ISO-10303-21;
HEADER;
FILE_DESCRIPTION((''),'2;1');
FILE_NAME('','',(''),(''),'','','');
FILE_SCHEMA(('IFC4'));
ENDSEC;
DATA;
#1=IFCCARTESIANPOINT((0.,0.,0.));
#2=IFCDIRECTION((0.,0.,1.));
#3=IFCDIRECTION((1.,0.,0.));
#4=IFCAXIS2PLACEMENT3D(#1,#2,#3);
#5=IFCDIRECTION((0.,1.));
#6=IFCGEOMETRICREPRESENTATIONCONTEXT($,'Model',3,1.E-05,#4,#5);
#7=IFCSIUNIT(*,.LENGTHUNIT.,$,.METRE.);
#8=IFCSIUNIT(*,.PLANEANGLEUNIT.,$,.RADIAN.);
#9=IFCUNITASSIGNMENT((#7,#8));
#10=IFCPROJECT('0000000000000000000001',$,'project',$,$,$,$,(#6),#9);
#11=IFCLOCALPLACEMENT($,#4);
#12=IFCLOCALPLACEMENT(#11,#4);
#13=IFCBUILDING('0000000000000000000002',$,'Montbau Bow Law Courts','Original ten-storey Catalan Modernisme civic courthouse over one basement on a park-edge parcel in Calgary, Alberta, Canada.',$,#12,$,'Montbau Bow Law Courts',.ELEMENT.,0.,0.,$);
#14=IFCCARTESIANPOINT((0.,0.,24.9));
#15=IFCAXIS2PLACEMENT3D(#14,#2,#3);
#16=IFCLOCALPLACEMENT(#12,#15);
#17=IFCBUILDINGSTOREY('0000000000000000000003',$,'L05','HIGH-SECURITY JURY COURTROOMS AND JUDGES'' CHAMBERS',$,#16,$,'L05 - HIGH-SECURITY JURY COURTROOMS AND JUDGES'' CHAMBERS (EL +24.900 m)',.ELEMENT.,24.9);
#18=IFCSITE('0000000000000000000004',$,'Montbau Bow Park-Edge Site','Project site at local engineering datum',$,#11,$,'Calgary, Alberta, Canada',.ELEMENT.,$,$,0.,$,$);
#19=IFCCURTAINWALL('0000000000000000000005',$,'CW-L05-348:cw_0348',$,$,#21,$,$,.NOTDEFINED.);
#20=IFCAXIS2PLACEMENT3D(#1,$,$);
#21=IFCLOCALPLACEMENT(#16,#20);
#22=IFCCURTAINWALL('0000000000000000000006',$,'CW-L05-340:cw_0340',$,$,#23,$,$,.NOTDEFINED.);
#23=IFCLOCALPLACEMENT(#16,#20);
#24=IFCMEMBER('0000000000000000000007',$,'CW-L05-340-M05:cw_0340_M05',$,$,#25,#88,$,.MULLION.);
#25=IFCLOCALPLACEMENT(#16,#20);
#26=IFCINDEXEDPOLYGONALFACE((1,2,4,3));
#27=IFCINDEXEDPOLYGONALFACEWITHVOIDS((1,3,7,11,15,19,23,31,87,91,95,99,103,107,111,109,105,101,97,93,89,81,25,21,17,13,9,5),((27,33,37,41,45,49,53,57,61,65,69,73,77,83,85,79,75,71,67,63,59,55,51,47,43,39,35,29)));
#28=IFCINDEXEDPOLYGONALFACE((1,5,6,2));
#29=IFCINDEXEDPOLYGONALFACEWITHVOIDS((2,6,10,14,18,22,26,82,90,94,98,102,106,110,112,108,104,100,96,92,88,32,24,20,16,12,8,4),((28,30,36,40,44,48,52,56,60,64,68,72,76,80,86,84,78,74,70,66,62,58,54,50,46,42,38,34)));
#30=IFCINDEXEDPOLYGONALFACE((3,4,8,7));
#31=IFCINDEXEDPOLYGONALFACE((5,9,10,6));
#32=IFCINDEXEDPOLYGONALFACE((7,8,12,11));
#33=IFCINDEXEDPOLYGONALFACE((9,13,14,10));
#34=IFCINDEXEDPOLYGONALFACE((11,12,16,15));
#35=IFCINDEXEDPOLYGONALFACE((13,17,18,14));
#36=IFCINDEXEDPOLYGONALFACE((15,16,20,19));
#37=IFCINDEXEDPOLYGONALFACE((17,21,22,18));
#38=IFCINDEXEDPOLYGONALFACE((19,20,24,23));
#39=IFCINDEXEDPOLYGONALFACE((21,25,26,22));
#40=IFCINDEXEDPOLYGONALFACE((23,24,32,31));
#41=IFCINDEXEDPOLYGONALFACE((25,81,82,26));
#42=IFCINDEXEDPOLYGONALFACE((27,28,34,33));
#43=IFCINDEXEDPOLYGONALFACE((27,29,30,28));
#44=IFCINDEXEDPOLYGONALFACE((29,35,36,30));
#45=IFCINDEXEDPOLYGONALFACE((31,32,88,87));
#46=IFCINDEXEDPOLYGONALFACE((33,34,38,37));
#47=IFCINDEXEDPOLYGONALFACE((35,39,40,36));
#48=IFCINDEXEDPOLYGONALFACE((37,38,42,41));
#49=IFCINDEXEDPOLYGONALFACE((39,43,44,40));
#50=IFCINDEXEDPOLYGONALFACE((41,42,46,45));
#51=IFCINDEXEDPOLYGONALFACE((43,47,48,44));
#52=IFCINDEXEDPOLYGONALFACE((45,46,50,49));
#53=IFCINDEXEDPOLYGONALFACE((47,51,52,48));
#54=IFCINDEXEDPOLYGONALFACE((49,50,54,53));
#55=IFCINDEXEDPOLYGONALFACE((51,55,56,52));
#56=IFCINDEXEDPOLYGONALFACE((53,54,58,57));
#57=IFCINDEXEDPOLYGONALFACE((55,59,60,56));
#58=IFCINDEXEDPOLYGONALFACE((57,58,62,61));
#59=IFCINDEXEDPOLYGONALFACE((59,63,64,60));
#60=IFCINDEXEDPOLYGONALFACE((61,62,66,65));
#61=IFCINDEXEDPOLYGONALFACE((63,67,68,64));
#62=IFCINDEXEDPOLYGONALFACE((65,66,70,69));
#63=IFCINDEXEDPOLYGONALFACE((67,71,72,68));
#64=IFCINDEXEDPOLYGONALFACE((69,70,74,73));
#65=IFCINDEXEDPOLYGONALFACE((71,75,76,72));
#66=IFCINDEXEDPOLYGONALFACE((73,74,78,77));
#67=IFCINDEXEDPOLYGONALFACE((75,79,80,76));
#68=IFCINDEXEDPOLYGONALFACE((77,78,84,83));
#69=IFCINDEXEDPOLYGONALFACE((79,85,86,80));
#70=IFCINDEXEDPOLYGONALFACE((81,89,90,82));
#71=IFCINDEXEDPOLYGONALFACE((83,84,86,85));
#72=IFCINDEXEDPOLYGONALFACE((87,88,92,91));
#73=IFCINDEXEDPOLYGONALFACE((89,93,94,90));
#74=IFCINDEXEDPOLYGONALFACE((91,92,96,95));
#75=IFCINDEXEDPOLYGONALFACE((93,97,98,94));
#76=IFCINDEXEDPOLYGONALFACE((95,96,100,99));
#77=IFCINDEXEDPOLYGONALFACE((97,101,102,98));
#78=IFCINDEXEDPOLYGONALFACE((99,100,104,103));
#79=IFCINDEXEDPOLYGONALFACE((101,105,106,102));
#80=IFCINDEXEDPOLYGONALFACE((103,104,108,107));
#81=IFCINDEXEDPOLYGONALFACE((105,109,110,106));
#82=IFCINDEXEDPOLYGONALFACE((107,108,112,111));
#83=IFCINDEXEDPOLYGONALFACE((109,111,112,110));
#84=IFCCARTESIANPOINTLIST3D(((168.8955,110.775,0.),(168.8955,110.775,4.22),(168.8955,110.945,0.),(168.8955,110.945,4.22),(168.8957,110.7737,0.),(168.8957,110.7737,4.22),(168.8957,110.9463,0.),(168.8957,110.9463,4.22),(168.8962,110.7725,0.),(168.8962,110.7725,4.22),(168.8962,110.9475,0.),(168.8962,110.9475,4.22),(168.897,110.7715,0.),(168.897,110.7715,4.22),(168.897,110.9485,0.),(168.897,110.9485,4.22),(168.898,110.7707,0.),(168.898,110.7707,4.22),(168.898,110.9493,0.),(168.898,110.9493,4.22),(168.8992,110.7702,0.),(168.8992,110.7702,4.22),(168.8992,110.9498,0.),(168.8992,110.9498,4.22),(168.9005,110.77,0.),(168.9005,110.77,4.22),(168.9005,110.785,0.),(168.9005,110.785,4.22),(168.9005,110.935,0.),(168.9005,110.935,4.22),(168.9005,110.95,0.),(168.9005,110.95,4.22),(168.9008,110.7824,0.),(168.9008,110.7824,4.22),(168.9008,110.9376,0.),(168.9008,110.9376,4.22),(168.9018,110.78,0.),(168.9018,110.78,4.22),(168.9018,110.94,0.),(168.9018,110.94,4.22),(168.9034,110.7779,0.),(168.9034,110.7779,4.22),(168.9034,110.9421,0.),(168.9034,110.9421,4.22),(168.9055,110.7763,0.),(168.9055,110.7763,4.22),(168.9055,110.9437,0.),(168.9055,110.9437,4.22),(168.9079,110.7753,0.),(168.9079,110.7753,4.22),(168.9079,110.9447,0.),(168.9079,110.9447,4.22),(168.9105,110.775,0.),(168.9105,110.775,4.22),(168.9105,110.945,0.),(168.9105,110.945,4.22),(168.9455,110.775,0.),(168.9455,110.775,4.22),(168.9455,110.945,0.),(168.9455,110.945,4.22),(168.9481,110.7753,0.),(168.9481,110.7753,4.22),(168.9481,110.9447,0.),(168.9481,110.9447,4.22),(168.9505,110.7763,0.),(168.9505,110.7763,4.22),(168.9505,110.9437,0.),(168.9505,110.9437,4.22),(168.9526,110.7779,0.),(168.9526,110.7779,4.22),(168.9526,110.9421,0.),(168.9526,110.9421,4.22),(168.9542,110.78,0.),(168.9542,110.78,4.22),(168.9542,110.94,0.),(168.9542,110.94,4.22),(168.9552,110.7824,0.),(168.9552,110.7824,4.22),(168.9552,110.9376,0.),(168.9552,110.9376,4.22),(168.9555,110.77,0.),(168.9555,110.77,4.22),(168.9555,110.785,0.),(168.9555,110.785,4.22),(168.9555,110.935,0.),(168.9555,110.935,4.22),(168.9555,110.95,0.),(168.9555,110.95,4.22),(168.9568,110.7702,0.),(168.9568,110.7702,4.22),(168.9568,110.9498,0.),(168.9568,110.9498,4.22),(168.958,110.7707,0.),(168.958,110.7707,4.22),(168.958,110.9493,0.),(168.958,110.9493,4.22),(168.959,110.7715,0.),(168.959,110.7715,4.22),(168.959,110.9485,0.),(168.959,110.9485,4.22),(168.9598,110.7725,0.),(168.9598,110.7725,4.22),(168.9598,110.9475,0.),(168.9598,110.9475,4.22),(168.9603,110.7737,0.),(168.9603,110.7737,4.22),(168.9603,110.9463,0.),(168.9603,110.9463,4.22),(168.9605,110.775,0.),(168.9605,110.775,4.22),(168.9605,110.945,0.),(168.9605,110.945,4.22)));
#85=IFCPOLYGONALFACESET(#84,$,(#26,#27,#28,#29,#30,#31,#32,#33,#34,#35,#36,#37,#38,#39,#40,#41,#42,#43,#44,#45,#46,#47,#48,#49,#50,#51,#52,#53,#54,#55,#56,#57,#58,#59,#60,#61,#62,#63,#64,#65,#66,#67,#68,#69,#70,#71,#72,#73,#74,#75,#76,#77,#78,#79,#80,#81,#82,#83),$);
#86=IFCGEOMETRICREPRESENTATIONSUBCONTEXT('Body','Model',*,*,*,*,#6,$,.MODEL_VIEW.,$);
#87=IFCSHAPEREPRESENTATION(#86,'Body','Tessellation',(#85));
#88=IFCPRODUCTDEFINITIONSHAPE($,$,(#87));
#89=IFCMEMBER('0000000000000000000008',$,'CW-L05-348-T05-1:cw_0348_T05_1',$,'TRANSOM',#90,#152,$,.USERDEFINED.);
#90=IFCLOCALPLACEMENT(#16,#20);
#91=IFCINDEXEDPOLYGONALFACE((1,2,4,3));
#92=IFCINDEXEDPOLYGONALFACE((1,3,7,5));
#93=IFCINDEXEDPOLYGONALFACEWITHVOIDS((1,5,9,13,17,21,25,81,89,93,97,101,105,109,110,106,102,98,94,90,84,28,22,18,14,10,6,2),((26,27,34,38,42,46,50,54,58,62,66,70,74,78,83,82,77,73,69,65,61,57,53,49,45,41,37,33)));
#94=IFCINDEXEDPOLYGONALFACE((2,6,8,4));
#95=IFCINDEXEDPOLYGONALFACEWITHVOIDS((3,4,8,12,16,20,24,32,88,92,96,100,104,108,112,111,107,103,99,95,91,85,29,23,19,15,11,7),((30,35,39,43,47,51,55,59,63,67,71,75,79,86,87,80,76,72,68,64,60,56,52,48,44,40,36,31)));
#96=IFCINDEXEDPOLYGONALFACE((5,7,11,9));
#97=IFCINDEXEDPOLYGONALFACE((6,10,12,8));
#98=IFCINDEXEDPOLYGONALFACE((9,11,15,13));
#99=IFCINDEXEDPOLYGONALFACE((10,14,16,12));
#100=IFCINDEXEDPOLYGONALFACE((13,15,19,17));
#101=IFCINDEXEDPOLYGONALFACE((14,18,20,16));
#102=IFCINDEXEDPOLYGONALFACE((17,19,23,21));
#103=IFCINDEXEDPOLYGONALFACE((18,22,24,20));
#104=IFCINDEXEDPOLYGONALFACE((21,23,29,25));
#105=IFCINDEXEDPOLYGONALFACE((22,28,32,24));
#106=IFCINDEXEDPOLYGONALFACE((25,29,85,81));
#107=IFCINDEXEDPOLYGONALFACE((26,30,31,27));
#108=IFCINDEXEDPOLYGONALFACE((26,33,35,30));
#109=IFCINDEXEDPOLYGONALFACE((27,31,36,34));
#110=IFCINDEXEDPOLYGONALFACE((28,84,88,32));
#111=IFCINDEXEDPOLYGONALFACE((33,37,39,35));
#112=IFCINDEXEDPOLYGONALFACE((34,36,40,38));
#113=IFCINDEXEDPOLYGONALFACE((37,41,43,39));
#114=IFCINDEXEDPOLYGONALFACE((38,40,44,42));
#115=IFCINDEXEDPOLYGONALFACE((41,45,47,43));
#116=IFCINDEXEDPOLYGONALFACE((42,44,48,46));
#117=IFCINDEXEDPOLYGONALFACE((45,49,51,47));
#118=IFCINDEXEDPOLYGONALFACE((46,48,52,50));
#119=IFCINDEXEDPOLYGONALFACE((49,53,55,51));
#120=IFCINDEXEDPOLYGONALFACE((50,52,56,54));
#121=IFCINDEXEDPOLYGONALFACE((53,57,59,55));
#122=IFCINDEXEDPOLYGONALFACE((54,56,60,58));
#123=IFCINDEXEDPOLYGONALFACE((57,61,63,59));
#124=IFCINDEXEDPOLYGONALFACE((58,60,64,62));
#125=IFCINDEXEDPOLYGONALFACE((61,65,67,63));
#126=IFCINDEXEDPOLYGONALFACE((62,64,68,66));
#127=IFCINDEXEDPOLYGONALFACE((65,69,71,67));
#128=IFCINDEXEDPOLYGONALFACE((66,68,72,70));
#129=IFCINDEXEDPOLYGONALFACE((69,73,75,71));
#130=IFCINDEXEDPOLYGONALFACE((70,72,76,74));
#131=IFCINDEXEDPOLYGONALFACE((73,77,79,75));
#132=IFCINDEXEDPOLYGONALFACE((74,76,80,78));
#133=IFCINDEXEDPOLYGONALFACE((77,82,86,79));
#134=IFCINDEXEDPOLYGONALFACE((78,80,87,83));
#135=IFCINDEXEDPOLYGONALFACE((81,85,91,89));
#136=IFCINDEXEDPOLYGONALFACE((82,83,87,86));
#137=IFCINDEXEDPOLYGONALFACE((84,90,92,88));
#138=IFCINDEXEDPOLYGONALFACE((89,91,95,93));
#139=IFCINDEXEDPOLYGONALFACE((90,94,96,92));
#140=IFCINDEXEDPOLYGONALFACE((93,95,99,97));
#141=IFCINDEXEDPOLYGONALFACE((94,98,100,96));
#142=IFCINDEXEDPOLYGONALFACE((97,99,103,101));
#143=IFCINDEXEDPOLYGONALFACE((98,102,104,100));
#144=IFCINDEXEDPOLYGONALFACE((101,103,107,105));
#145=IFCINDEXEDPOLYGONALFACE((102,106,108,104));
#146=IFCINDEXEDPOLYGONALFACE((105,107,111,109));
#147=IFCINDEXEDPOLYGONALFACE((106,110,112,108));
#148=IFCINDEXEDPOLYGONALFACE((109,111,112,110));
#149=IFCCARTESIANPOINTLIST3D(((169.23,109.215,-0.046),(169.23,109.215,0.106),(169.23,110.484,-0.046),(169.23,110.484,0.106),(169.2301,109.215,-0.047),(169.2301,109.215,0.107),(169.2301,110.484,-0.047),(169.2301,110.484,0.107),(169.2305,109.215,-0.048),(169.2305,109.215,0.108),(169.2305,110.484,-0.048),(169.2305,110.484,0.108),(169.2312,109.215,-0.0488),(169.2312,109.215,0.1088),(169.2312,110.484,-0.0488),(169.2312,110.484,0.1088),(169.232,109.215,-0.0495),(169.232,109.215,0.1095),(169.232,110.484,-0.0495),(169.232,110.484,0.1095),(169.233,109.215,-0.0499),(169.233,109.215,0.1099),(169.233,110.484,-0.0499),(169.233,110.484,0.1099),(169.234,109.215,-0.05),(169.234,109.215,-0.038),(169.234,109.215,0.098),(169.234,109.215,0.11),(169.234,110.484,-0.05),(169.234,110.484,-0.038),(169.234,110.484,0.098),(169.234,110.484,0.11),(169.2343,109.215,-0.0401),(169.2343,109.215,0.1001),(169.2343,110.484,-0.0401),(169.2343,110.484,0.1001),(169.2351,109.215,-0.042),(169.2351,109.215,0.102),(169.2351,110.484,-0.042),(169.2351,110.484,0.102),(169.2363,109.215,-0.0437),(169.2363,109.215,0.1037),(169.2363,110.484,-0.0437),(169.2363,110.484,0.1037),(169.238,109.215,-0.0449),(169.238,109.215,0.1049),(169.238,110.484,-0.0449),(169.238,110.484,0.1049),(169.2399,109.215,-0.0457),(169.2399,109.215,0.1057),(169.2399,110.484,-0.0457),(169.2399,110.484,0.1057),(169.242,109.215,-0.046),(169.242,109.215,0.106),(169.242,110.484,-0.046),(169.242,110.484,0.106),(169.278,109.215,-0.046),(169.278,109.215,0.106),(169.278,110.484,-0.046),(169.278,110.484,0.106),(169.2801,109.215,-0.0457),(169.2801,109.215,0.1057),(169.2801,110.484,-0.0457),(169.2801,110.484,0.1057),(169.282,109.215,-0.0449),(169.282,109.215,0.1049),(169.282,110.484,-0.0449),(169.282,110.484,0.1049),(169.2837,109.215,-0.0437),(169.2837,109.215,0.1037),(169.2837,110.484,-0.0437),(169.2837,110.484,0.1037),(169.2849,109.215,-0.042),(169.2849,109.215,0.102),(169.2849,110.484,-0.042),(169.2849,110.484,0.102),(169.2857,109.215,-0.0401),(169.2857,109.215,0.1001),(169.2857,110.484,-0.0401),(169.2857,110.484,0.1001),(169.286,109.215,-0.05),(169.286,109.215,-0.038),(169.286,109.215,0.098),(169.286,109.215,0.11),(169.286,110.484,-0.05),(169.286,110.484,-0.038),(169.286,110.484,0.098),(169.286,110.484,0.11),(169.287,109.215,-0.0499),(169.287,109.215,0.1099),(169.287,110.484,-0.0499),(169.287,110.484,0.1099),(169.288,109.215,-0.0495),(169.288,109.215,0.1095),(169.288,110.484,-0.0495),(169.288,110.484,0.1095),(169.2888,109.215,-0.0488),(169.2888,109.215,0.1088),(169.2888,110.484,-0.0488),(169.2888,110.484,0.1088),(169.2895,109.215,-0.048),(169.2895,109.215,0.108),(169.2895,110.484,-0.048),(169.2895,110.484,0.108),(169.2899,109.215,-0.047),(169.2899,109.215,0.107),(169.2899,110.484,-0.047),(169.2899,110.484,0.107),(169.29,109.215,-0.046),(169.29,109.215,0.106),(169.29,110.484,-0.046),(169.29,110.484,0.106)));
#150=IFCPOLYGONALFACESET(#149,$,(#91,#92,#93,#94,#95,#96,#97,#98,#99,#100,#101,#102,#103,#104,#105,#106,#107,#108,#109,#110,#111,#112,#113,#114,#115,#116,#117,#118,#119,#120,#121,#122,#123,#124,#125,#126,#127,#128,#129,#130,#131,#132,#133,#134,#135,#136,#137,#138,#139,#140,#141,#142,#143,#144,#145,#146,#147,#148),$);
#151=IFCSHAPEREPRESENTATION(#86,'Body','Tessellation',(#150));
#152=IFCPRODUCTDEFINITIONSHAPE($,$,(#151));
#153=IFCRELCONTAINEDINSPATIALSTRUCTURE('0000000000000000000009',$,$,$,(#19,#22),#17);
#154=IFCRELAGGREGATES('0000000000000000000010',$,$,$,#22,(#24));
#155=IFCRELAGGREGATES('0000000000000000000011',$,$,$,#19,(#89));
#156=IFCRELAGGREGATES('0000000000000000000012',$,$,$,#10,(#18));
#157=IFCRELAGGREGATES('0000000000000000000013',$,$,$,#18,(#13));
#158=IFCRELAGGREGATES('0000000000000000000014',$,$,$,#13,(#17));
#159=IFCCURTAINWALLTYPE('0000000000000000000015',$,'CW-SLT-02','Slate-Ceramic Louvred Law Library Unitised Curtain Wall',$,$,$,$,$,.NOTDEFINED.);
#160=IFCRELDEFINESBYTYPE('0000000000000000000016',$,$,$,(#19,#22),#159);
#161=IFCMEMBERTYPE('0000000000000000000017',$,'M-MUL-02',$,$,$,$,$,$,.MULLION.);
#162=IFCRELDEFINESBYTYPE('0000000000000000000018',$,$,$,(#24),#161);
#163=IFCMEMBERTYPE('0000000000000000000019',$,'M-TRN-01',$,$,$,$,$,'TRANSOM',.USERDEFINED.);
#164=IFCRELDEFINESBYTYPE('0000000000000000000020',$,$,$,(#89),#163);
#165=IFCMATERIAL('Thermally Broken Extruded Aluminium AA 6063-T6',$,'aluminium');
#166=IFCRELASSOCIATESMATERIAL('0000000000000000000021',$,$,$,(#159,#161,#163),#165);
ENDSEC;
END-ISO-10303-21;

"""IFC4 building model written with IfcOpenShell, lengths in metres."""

from ifc_helpers import new_model, si_unit, direction, frame, origin_with_axes, origin_2d_with_axis, place, context, subcontext, project, spatial, hollow_rectangle, extrude, material, material_profile, profile_set, type_object, element, aggregate, save


model = new_model("IFC4")

# Units and contexts
model_context = context("Model", 3, precision=1e-05, world=origin_with_axes(), true_north=direction((0.0, 1.0)))
body_context = subcontext(model_context, "Body", "Model", "MODEL_VIEW")
ifc_project = project(units=[si_unit("LENGTHUNIT", "METRE"), si_unit("PLANEANGLEUNIT", "RADIAN")], contexts=[model_context])

# Site, building, storey
site_placement = place(None, origin_with_axes())
site = spatial("IfcSite", under=ifc_project, at=site_placement, Name="Montbau Bow Park-Edge Site", Description="Project site at local engineering datum", LongName="Calgary, Alberta, Canada", CompositionType="ELEMENT", RefElevation=0.0)
building_placement = place(site_placement, origin_with_axes())
building = spatial("IfcBuilding", under=site, at=building_placement, Name="Montbau Bow Law Courts", Description="Original ten-storey Catalan Modernisme civic courthouse over one basement on a park-edge parcel in Calgary, Alberta, Canada.", LongName="Montbau Bow Law Courts", CompositionType="ELEMENT", ElevationOfRefHeight=0.0, ElevationOfTerrain=0.0)
storey_placement = place(building_placement, frame((0.0, 0.0, 24.9), z_axis=(0.0, 0.0, 1.0), x_axis=(1.0, 0.0, 0.0)))
storey = spatial("IfcBuildingStorey", under=building, at=storey_placement, Name="L05", Description="HIGH-SECURITY JURY COURTROOMS AND JUDGES' CHAMBERS", LongName="L05 - HIGH-SECURITY JURY COURTROOMS AND JUDGES' CHAMBERS (EL +24.900 m)", CompositionType="ELEMENT", Elevation=24.9)

# Curtain wall
ifc_material_1 = material(Name="Thermally Broken Extruded Aluminium AA 6063-T6", Category="aluminium")
curtain_wall_type = type_object("IfcCurtainWallType", Name="CW-SLT-02", Description="Slate-Ceramic Louvred Law Library Unitised Curtain Wall", PredefinedType="NOTDEFINED", material=ifc_material_1)
curtain_wall_1_placement = place(None, frame((169.26, 103.64, 24.9), z_axis=(0.0, 0.0, 1.0), x_axis=(1.0, 0.0, 0.0)))
curtain_wall_1 = element("IfcCurtainWall", 1, at=curtain_wall_1_placement, inside=storey, type_object=curtain_wall_type, Name="CW-L05-348:cw_0348", PredefinedType="NOTDEFINED")

# Curtain wall, member
curtain_wall_2_placement = place(None, frame((163.04, 110.86, 24.9), z_axis=(0.0, 0.0, 1.0), x_axis=(1.0, 0.0, 0.0)))
curtain_wall_2 = element("IfcCurtainWall", 2, at=curtain_wall_2_placement, inside=storey, type_object=curtain_wall_type, Name="CW-L05-340:cw_0340", PredefinedType="NOTDEFINED")
ifc_material_profile_1 = material_profile(ifc_material_1, hollow_rectangle(XDim=0.065, YDim=0.18, WallThickness=0.005, InnerFilletRadius=0.01, OuterFilletRadius=0.005, at=origin_2d_with_axis()), Name="CWM-180X65", Category="Main", Priority=0)
ifc_profile_set_1 = profile_set([ifc_material_profile_1], Name="Thermally Broken Extruded Aluminium AA 6063-T6")
member_type_1 = type_object("IfcMemberType", Name="M-MUL-02", PredefinedType="MULLION", material=ifc_profile_set_1)
member_1_placement = place(None, frame((168.928, 110.86, 24.9), z_axis=(0.0, 0.0, 1.0), x_axis=(1.0, 0.0, 0.0)))
member_1 = element("IfcMember", 3, at=member_1_placement, type_object=member_type_1, Name="CW-L05-340-M05:cw_0340_M05", PredefinedType="MULLION", context=body_context, shape_type="SweptSolid", body=[
    extrude(hollow_rectangle(XDim=0.065, YDim=0.18, WallThickness=0.005, InnerFilletRadius=0.01, OuterFilletRadius=0.005, at=origin_2d_with_axis()), origin_with_axes(), (0.0, 0.0, 1.0), 4.22),
])
aggregate(curtain_wall_2, [member_1])

# Member
ifc_material_profile_2 = material_profile(ifc_material_1, hollow_rectangle(XDim=0.06, YDim=0.16, WallThickness=0.004, InnerFilletRadius=0.008, OuterFilletRadius=0.004, at=origin_2d_with_axis()), Name="CWT-160X60", Category="Main", Priority=0)
ifc_profile_set_2 = profile_set([ifc_material_profile_2], Name="Thermally Broken Extruded Aluminium AA 6063-T6")
member_type_2 = type_object("IfcMemberType", Name="M-TRN-01", ElementType="TRANSOM", PredefinedType="USERDEFINED", material=ifc_profile_set_2)
member_2_placement = place(None, frame((169.26, 109.215, 24.93), z_axis=(0.0, 1.0, 0.0), x_axis=(-1.0, 0.0, 0.0)))
member_2 = element("IfcMember", 4, at=member_2_placement, type_object=member_type_2, Name="CW-L05-348-T05-1:cw_0348_T05_1", ObjectType="TRANSOM", PredefinedType="USERDEFINED", context=body_context, shape_type="SweptSolid", body=[
    extrude(hollow_rectangle(XDim=0.06, YDim=0.16, WallThickness=0.004, InnerFilletRadius=0.008, OuterFilletRadius=0.004, at=origin_2d_with_axis()), origin_with_axes(), (0.0, 0.0, 1.0), 1.269),
])

aggregate(curtain_wall_1, [member_2])

save(model, "model.ifc")
